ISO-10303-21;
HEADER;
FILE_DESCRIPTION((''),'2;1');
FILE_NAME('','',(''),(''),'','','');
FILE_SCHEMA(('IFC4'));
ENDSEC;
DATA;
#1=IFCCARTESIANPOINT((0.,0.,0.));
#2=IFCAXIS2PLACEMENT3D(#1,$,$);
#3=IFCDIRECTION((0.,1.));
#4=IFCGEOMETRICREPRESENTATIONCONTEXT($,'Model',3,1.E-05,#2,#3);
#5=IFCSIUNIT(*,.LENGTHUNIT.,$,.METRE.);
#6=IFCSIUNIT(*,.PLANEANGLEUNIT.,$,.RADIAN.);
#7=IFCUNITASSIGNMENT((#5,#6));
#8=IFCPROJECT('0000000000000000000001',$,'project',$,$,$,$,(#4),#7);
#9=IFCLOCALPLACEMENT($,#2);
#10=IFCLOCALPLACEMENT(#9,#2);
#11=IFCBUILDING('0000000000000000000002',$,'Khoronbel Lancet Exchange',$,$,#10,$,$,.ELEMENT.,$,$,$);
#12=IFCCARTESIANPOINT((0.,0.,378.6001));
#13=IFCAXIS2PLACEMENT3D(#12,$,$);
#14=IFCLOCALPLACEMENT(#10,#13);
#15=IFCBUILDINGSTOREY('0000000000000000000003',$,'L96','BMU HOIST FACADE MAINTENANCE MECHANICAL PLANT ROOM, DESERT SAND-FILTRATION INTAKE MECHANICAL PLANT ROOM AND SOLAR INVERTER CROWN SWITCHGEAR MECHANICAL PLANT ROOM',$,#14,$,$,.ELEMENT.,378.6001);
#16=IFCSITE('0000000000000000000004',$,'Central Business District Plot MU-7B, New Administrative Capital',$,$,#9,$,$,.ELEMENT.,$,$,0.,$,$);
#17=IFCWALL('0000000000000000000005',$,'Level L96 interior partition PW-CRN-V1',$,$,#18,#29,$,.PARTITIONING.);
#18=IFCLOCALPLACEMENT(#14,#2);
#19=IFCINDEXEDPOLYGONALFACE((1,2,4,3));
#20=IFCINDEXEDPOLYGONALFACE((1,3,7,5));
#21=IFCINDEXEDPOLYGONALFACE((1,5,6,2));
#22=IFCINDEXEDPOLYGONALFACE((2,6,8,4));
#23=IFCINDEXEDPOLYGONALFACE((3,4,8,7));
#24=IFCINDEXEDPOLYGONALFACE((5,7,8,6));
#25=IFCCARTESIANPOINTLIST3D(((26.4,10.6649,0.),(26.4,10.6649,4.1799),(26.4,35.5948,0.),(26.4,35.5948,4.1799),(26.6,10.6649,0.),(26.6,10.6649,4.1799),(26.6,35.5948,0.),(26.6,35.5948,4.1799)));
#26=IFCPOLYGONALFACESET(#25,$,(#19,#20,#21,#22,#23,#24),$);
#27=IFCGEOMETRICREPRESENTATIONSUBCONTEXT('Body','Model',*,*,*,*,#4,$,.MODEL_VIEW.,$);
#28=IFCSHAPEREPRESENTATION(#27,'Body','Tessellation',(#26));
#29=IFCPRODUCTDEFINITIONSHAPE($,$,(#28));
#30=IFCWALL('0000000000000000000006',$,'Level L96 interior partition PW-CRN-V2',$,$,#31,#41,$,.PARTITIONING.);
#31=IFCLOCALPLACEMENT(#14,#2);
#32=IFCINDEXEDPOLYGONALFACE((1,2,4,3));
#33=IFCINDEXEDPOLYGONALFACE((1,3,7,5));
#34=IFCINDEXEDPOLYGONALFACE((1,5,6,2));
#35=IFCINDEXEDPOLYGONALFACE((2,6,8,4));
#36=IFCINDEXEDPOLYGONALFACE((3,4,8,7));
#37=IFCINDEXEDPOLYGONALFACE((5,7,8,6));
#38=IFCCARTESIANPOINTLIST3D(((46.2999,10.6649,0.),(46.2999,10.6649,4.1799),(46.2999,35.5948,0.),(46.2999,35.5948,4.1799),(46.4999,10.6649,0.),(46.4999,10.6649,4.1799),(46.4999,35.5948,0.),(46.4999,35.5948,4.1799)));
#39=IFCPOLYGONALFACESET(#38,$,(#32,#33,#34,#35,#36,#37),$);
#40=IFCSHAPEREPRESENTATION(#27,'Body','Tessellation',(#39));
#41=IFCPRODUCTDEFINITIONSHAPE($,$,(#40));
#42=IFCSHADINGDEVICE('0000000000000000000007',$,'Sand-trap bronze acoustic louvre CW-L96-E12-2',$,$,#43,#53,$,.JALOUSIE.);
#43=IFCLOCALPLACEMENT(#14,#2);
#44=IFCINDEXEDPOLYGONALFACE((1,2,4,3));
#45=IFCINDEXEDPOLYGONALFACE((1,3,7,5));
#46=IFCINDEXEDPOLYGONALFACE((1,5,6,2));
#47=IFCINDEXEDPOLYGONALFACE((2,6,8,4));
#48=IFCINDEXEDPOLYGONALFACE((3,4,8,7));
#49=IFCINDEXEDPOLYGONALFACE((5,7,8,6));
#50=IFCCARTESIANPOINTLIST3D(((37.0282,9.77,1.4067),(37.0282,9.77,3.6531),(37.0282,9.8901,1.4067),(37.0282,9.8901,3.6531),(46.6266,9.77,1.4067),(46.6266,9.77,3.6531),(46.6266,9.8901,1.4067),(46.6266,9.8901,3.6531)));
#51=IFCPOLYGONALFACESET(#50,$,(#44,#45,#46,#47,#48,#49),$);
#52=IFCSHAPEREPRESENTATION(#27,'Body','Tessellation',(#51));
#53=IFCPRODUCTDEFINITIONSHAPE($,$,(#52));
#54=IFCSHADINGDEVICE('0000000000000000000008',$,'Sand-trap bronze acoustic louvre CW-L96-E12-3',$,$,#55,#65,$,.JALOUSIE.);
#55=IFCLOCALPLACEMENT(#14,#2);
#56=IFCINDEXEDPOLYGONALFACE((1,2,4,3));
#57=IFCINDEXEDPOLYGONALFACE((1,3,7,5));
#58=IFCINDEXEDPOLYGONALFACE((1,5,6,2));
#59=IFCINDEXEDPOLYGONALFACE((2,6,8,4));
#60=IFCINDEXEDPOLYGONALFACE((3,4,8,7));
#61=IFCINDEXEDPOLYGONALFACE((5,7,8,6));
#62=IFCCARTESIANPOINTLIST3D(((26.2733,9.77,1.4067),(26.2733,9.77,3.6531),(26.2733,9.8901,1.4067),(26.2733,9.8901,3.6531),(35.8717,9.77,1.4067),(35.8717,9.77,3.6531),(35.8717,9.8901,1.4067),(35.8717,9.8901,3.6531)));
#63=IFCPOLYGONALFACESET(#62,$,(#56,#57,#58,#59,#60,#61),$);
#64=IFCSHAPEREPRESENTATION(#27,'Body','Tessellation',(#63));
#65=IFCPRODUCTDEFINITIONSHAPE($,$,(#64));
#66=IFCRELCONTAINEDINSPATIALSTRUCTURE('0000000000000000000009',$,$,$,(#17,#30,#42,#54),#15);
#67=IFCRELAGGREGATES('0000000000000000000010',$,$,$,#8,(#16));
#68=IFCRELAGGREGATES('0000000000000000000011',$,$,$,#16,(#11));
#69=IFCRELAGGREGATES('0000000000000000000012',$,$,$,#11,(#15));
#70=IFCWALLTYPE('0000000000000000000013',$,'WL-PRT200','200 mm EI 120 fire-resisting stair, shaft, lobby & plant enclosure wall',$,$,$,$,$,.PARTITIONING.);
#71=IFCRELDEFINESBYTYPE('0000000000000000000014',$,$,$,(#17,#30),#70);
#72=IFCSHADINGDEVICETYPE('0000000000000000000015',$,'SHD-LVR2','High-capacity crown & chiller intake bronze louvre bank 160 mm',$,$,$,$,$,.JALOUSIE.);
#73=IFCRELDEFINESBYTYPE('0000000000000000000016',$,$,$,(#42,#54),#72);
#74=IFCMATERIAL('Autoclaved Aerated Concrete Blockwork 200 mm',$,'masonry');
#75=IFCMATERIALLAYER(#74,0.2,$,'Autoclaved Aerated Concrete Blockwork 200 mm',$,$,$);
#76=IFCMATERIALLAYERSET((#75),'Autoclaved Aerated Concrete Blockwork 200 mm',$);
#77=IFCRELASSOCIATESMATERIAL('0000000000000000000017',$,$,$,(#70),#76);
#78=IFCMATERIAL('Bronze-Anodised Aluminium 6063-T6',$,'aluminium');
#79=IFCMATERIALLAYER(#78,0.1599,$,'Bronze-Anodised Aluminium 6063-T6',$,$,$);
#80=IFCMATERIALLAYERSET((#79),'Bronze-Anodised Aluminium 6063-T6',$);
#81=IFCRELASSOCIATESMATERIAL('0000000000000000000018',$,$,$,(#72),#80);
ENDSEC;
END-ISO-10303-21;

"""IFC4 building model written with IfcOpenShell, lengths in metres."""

from ifc_helpers import new_model, si_unit, direction, frame, frame_2d, origin, origin_2d, place, context, subcontext, project, spatial, rectangle, extrude, material, layer, layer_set, type_object, element, save


model = new_model("IFC4")

# Units and contexts
model_context = context("Model", 3, precision=1e-05, world=origin(), true_north=direction((0.0, 1.0)))
body_context = subcontext(model_context, "Body", "Model", "MODEL_VIEW")
ifc_project = project(units=[si_unit("LENGTHUNIT", "METRE"), si_unit("PLANEANGLEUNIT", "RADIAN")], contexts=[model_context])

# Site, building, storey
site_placement = place(None, origin())
site = spatial("IfcSite", under=ifc_project, at=site_placement, Name="Central Business District Plot MU-7B, New Administrative Capital", CompositionType="ELEMENT", RefElevation=0.0)
building_placement = place(site_placement, origin())
building = spatial("IfcBuilding", under=site, at=building_placement, Name="Khoronbel Lancet Exchange", CompositionType="ELEMENT")
storey_placement = place(building_placement, frame((0.0, 0.0, 378.6001)))
storey = spatial("IfcBuildingStorey", under=building, at=storey_placement, Name="L96", Description="BMU HOIST FACADE MAINTENANCE MECHANICAL PLANT ROOM, DESERT SAND-FILTRATION INTAKE MECHANICAL PLANT ROOM AND SOLAR INVERTER CROWN SWITCHGEAR MECHANICAL PLANT ROOM", CompositionType="ELEMENT", Elevation=378.6001)

# Shared definitions
ifc_material_1 = material(Name="Bronze-Anodised Aluminium 6063-T6", Category="aluminium")

# Shared definitions
ifc_material_2 = material(Name="Autoclaved Aerated Concrete Blockwork 200 mm", Category="masonry")
ifc_layer_1 = layer(ifc_material_2, 0.2, Name="Autoclaved Aerated Concrete Blockwork 200 mm")
ifc_layer_set_1 = layer_set([ifc_layer_1], Name="Autoclaved Aerated Concrete Blockwork 200 mm")
wall_type = type_object("IfcWallType", Name="WL-PRT200", Description="200 mm EI 120 fire-resisting stair, shaft, lobby & plant enclosure wall", PredefinedType="PARTITIONING", material=ifc_layer_set_1)

# Walls
for number, where, z_axis, x_axis, name in (
    (1, (26.5, 10.665, 0.0), (0.0, 0.0, 1.0), (0.0, 1.0, 0.0), "Level L96 interior partition PW-CRN-V1"),
    (2, (46.3999, 10.665, 0.0), (0.0, 0.0, 1.0), (0.0, 1.0, 0.0), "Level L96 interior partition PW-CRN-V2"),
):
    element("IfcWall", number, at=place(storey_placement, frame(where, z_axis=z_axis, x_axis=x_axis)), inside=storey, type_object=wall_type, Name=name, PredefinedType="PARTITIONING", context=body_context, shape_type="SweptSolid", body=[
        extrude(rectangle(XDim=24.9299, YDim=0.2, at=frame_2d((12.4648, 0.0))), origin(), (0.0, 0.0, 1.0), 4.1799),
    ])

# Shading devices
ifc_layer_2 = layer(ifc_material_1, 0.1599, Name="Bronze-Anodised Aluminium 6063-T6")
ifc_layer_set_2 = layer_set([ifc_layer_2], Name="Bronze-Anodised Aluminium 6063-T6")
shading_device_type = type_object("IfcShadingDeviceType", Name="SHD-LVR2", Description="High-capacity crown & chiller intake bronze louvre bank 160 mm", PredefinedType="JALOUSIE", material=ifc_layer_set_2)
for number, where, z_axis, x_axis, name in (
    (3, (41.8274, 9.8301, 1.4067), (0.0, 0.0, 1.0), (-1.0, 0.0, 0.0), "Sand-trap bronze acoustic louvre CW-L96-E12-2"),
    (4, (31.0725, 9.8301, 1.4067), (0.0, 0.0, 1.0), (-1.0, 0.0, 0.0), "Sand-trap bronze acoustic louvre CW-L96-E12-3"),
):
    element("IfcShadingDevice", number, at=place(storey_placement, frame(where, z_axis=z_axis, x_axis=x_axis)), inside=storey, type_object=shading_device_type, Name=name, PredefinedType="JALOUSIE", context=body_context, shape_type="SweptSolid", body=[
        extrude(rectangle(XDim=9.5984, YDim=0.1201, at=origin_2d()), origin(), (0.0, 0.0, 1.0), 2.2463),
    ])

save(model, "model.ifc")
